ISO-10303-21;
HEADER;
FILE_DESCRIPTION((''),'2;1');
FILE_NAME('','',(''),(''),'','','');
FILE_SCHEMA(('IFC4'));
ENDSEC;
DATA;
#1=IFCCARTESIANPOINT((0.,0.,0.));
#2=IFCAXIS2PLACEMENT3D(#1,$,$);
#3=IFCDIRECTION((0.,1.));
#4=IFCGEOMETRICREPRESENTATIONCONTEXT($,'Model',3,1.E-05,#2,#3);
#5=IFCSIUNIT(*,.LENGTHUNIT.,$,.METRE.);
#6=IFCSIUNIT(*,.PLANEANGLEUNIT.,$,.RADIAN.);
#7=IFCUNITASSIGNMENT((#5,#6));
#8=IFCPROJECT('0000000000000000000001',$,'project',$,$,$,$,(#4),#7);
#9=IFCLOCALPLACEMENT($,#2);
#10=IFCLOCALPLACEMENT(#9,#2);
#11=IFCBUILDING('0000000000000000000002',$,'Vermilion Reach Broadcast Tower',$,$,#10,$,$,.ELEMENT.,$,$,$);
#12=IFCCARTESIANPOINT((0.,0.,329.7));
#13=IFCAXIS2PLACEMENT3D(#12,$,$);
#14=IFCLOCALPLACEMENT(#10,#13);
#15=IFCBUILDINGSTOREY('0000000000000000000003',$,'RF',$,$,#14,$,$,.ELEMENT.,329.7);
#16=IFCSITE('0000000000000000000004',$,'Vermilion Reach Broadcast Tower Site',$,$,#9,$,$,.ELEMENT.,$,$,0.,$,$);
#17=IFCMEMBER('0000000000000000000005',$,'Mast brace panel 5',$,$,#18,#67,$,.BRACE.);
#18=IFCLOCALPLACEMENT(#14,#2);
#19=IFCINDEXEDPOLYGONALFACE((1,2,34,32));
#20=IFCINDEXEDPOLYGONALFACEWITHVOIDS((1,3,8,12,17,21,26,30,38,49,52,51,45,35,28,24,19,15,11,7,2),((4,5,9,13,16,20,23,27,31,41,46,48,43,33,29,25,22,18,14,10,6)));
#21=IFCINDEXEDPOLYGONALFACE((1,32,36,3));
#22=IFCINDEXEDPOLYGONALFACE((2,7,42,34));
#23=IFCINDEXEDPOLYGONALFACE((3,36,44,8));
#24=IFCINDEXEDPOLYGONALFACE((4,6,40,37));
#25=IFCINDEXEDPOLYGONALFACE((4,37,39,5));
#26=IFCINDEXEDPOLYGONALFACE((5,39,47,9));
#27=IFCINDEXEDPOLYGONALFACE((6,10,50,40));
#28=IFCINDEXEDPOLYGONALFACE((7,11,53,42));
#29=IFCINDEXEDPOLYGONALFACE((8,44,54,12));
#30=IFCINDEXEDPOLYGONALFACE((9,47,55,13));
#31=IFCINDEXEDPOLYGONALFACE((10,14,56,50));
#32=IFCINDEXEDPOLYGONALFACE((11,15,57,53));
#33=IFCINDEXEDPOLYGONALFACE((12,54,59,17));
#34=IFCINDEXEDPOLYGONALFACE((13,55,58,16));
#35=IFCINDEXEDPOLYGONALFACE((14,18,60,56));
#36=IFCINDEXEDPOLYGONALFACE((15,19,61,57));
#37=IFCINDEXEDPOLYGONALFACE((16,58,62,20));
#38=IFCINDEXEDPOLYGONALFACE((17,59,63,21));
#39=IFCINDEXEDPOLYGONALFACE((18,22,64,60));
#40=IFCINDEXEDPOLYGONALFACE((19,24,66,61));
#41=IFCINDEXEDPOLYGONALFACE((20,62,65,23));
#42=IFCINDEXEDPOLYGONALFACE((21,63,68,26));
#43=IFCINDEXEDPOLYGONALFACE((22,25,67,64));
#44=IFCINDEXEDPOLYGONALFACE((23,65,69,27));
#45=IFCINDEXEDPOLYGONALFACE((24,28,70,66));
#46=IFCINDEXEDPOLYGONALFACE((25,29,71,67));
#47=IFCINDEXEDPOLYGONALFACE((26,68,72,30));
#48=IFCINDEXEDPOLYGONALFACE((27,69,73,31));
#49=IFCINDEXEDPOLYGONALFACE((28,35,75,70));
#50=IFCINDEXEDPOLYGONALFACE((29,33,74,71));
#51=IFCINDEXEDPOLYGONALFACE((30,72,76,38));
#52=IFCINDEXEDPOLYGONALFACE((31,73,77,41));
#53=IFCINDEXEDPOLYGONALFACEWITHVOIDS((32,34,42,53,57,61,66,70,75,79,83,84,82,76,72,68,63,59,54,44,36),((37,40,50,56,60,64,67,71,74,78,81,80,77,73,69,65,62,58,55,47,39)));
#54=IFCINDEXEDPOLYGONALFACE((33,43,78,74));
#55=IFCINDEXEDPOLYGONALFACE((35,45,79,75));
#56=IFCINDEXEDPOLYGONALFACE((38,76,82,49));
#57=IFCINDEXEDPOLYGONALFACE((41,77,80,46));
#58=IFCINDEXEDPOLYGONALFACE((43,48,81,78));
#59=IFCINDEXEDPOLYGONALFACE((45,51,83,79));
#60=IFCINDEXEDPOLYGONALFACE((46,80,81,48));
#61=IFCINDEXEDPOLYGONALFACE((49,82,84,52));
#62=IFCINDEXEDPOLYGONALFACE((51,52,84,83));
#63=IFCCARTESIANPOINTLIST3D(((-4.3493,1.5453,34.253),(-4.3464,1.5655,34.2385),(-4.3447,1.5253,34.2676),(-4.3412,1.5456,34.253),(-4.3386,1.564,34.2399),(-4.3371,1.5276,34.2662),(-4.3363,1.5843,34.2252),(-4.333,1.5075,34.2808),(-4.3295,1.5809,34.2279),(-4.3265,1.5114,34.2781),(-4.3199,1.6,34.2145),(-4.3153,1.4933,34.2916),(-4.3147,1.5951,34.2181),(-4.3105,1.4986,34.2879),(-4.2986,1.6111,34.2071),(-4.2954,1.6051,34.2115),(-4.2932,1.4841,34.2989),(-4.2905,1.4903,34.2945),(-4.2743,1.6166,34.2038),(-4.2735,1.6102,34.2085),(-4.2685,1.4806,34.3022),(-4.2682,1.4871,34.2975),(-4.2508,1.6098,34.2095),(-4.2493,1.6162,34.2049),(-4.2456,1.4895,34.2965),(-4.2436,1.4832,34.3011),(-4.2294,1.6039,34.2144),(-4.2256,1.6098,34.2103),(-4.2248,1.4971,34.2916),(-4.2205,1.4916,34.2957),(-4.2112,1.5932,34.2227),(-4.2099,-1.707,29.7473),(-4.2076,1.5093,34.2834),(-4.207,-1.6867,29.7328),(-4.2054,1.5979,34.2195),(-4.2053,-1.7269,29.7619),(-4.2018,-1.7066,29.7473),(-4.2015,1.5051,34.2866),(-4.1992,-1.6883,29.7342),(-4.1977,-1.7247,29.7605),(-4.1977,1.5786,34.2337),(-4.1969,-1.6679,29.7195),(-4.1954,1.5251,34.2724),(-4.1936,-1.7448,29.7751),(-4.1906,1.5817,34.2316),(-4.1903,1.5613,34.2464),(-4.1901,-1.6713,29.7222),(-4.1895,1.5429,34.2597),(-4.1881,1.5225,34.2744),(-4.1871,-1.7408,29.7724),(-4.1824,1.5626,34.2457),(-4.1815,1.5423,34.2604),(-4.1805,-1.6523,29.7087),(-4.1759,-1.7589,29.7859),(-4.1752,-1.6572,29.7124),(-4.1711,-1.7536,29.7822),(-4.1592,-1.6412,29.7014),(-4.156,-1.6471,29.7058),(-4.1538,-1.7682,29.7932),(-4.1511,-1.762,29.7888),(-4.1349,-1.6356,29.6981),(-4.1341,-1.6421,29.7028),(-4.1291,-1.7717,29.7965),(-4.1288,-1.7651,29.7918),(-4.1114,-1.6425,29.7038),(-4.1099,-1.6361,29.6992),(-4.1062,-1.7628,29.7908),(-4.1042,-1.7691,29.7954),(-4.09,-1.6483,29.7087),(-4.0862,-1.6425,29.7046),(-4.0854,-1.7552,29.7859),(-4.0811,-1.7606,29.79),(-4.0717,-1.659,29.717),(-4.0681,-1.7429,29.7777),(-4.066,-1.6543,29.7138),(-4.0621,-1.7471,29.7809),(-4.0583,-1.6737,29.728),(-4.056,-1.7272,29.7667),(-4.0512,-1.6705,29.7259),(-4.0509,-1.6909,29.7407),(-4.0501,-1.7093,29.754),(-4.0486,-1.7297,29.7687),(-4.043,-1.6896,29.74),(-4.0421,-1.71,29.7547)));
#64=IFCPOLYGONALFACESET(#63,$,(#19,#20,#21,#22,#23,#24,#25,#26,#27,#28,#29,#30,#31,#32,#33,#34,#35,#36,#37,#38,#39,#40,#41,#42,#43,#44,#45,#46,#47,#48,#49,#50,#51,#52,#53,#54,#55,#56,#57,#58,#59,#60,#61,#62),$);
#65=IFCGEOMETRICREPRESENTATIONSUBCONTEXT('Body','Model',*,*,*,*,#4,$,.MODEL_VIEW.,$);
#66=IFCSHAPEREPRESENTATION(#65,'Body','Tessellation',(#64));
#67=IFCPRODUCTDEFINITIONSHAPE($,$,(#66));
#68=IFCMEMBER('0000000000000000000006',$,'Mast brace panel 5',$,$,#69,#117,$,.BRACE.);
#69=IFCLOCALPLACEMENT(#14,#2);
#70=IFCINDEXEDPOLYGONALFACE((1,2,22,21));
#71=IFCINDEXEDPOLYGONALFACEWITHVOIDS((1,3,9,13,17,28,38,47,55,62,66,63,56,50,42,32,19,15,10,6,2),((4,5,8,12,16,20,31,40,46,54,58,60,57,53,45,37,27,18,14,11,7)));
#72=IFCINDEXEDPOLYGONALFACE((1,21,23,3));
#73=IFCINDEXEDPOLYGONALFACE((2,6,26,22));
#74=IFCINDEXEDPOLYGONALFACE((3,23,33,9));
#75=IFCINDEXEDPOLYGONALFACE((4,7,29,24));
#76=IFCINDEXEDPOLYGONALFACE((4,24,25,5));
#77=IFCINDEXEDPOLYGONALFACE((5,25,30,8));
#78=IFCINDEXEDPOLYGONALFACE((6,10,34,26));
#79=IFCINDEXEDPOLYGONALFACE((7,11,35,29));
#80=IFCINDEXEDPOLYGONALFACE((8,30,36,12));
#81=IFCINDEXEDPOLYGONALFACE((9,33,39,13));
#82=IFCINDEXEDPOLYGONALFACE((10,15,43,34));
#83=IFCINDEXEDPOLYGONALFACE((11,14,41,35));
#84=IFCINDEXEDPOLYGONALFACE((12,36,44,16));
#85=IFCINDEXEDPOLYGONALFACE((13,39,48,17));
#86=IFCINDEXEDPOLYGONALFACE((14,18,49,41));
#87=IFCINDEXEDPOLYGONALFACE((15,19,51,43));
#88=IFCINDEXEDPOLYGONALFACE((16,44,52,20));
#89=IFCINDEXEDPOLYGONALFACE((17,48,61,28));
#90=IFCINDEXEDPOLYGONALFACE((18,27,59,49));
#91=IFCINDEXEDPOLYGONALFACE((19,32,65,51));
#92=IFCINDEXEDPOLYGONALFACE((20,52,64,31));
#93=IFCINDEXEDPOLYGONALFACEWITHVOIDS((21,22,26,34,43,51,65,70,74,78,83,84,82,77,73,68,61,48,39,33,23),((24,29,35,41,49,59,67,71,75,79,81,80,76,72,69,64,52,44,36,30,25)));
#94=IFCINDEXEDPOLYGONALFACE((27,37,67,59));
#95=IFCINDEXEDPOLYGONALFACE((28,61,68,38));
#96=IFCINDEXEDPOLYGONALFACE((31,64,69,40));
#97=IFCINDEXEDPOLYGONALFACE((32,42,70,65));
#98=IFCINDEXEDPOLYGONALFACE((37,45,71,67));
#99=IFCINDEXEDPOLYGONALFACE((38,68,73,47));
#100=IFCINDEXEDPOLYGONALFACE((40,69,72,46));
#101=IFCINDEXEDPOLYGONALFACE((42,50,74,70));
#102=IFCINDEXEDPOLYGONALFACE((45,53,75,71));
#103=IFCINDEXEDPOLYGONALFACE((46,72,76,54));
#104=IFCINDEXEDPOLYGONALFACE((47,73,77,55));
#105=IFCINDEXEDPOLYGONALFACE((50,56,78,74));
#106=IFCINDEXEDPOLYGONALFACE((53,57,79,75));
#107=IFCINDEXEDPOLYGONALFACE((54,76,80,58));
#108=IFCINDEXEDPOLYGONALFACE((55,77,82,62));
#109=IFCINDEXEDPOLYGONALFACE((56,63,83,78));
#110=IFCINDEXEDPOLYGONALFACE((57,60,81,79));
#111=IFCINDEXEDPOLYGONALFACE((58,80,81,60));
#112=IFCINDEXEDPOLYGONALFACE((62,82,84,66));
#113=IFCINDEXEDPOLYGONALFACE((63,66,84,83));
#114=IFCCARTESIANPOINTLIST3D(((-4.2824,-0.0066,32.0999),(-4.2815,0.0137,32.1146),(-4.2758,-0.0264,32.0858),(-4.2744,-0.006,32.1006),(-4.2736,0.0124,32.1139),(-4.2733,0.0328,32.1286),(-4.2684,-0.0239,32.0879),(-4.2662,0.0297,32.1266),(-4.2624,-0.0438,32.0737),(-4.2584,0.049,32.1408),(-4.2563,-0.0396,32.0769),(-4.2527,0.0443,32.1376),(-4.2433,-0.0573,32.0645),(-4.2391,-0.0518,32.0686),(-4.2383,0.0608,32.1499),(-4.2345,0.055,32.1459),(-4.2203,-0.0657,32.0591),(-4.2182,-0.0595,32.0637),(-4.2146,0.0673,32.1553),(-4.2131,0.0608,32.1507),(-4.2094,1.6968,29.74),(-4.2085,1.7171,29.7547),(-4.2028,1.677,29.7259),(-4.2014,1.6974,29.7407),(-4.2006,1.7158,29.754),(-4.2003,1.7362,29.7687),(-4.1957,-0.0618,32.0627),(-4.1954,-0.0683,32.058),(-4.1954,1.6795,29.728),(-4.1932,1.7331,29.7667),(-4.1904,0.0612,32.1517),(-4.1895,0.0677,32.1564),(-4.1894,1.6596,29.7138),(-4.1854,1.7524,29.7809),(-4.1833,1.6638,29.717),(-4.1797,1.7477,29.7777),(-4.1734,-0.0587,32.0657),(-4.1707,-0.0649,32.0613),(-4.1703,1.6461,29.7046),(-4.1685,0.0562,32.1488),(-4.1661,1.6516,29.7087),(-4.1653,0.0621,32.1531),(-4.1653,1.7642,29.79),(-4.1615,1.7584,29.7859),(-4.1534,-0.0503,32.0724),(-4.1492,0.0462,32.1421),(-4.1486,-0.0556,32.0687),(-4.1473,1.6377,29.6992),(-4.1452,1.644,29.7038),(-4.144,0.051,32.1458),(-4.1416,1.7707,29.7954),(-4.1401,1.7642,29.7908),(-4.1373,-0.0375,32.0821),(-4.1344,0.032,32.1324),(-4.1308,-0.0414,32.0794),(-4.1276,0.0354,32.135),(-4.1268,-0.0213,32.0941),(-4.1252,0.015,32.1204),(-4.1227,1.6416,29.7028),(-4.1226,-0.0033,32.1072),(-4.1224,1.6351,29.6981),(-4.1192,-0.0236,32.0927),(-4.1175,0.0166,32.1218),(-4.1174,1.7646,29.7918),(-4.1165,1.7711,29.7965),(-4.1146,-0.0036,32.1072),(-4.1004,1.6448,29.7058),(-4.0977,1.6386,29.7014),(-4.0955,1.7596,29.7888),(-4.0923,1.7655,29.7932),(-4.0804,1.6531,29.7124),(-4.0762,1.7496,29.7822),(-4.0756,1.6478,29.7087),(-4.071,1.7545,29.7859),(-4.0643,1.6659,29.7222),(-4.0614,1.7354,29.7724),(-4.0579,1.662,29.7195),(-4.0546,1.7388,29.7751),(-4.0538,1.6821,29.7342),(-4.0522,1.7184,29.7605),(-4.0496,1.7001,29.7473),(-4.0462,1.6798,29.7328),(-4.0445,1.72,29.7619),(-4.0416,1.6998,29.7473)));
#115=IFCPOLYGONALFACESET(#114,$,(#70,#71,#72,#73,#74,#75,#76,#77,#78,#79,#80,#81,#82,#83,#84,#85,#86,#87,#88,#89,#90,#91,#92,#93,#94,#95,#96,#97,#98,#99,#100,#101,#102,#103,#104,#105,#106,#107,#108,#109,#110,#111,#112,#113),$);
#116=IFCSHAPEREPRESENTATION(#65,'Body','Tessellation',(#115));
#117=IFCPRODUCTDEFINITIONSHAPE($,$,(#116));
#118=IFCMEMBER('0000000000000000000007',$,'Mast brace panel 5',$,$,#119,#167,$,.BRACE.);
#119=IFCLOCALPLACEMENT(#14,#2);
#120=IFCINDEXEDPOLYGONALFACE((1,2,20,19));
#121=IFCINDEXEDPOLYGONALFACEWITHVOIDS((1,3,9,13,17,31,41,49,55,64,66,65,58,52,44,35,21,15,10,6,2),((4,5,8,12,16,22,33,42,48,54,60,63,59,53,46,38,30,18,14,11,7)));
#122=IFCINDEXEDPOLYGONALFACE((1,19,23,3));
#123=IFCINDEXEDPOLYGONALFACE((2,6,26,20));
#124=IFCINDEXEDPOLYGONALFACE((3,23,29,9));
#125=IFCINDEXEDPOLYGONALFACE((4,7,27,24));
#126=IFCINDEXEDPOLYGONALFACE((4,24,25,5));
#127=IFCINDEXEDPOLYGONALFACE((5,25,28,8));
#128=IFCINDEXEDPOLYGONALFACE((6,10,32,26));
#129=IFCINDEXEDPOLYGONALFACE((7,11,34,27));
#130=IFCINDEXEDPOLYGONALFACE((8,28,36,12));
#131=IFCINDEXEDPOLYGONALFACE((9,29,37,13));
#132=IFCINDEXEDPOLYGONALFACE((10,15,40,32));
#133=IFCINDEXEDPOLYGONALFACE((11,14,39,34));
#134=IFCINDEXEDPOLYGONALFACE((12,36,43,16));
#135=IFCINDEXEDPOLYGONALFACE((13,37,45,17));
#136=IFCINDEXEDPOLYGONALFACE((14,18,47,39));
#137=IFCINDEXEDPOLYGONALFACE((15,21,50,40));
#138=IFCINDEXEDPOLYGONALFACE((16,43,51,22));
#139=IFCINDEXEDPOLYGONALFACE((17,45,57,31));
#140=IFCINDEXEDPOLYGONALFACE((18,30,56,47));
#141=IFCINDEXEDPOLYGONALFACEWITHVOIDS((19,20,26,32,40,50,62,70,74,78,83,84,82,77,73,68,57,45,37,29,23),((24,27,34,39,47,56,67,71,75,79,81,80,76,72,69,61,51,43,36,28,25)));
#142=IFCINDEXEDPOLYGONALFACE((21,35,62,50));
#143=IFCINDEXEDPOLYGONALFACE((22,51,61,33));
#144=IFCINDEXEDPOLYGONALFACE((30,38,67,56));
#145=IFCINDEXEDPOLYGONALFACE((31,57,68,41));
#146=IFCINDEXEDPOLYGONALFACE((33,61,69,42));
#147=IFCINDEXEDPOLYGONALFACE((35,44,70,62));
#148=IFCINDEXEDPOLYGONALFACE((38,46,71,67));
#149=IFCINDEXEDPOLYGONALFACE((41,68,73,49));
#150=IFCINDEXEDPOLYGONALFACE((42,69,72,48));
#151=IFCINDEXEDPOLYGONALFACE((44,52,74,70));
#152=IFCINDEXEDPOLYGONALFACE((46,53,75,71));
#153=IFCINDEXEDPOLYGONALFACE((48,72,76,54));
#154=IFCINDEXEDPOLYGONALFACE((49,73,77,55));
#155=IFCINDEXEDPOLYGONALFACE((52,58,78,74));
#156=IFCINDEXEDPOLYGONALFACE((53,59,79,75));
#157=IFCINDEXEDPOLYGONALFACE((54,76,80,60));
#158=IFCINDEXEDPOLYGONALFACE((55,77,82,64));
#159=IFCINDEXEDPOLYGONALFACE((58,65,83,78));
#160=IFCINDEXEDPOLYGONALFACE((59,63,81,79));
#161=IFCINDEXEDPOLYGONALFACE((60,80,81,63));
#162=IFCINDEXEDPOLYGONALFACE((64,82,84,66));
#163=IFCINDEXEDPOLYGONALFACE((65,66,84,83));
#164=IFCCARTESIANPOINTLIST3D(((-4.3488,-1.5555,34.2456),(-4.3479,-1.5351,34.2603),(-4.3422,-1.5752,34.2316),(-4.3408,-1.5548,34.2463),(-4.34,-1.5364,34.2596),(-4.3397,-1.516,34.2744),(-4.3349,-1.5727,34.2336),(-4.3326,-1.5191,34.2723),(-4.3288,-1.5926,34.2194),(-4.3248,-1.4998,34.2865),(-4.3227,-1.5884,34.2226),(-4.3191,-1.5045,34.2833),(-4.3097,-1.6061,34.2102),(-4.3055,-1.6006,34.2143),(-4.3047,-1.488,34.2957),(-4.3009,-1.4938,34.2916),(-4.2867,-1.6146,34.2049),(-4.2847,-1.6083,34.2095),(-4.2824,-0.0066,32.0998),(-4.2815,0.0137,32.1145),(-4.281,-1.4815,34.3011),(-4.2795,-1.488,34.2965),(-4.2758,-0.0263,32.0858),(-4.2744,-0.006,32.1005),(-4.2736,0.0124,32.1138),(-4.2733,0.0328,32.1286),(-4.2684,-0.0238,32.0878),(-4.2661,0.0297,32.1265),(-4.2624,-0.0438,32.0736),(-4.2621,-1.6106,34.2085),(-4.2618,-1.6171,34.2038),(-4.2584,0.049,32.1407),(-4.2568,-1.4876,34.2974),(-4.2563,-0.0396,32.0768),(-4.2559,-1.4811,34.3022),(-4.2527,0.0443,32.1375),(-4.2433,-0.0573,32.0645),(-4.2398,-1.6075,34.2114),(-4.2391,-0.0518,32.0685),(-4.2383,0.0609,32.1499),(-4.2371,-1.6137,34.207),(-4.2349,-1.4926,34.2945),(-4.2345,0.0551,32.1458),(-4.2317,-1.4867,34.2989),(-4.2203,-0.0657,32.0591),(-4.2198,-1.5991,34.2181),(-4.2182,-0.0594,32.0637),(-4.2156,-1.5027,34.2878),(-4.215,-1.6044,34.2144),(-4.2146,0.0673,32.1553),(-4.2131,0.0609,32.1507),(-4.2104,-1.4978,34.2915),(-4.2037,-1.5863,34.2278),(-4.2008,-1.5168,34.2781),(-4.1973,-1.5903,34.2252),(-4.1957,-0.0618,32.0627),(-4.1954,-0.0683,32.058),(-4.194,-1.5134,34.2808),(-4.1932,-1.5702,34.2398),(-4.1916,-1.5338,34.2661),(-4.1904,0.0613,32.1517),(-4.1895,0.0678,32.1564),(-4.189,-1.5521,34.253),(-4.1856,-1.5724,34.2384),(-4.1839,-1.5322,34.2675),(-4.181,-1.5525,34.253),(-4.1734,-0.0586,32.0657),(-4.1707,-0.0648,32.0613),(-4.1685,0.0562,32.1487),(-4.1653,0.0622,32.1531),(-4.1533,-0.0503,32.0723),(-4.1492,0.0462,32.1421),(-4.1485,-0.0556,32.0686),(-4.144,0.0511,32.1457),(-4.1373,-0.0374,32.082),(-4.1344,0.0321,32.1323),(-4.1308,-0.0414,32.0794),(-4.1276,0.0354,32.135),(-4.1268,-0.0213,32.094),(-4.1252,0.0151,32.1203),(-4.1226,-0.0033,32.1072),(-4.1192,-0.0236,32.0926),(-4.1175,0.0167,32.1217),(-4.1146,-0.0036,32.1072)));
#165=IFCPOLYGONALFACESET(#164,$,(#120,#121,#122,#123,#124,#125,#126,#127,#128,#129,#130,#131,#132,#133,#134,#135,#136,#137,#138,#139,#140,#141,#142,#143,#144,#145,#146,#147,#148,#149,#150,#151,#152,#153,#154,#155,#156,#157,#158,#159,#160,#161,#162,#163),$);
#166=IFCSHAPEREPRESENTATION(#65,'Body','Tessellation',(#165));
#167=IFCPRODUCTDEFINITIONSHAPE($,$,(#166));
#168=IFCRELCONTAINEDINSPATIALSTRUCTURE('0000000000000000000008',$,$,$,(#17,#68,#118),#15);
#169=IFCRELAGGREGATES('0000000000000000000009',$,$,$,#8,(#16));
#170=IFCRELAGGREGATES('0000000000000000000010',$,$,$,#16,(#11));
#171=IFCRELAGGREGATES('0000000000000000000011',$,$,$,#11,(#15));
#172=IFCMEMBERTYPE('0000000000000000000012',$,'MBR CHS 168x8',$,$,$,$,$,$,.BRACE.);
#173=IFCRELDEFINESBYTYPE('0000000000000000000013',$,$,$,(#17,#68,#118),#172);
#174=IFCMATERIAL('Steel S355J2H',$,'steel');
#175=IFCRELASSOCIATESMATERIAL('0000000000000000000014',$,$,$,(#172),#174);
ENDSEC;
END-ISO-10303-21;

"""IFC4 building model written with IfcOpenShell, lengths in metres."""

from ifc_helpers import new_model, si_unit, direction, frame, origin, origin_2d, place, context, subcontext, project, spatial, hollow_circle, extrude, material, material_profile, profile_set, type_object, element, save


model = new_model("IFC4")

# Units and contexts
model_context = context("Model", 3, precision=1e-05, world=origin(), true_north=direction((0.0, 1.0)))
body_context = subcontext(model_context, "Body", "Model", "MODEL_VIEW")
ifc_project = project(units=[si_unit("LENGTHUNIT", "METRE"), si_unit("PLANEANGLEUNIT", "RADIAN")], contexts=[model_context])

# Site, building, storey
site_placement = place(None, origin())
site = spatial("IfcSite", under=ifc_project, at=site_placement, Name="Vermilion Reach Broadcast Tower Site", CompositionType="ELEMENT", RefElevation=0.0)
building_placement = place(site_placement, origin())
building = spatial("IfcBuilding", under=site, at=building_placement, Name="Vermilion Reach Broadcast Tower", CompositionType="ELEMENT")
storey_placement = place(building_placement, frame((0.0, 0.0, 329.7)))
storey = spatial("IfcBuildingStorey", under=building, at=storey_placement, Name="RF", CompositionType="ELEMENT", Elevation=329.7)

# Members
ifc_material_1 = material(Name="Steel S355J2H", Category="steel")
ifc_material_profile_1 = material_profile(ifc_material_1, hollow_circle(Radius=0.0842, WallThickness=0.0081, at=origin_2d()), Name="S355J2H CHS 168x8")
ifc_profile_set_1 = profile_set([ifc_material_profile_1], Name="Steel S355J2H")
member_type_1 = type_object("IfcMemberType", Name="MBR CHS 168x8", PredefinedType="BRACE", material=ifc_profile_set_1)
member_1_placement = place(storey_placement, frame((-4.1257, -1.7034, 29.7473), z_axis=(-0.02508, 0.585087, 0.810583), x_axis=(-0.999083, -0.042825, 0.0)))
element("IfcMember", 1, at=member_1_placement, inside=storey, type_object=member_type_1, Name="Mast brace panel 5", PredefinedType="BRACE", context=body_context, shape_type="SweptSolid", body=[
    extrude(hollow_circle(Radius=0.0842, WallThickness=0.0081, at=origin_2d()), origin(), (0.0, 0.0, 1.0), 5.5586),
])
member_2_placement = place(storey_placement, frame((-4.1257, 1.7034, 29.7473), z_axis=(-0.025074, -0.585086, 0.810584), x_axis=(0.999083, -0.042816, 0.0)))
element("IfcMember", 2, at=member_2_placement, inside=storey, type_object=member_type_1, Name="Mast brace panel 5", PredefinedType="BRACE", context=body_context, shape_type="SweptSolid", body=[
    extrude(hollow_circle(Radius=0.0842, WallThickness=0.0081, at=origin_2d()), origin(), (0.0, 0.0, 1.0), 2.9114),
])
member_3_placement = place(storey_placement, frame((-4.1987, 0.0, 32.1072), z_axis=(-0.025086, -0.585087, 0.810582), x_axis=(0.999082, -0.042836, 0.0)))
element("IfcMember", 3, at=member_3_placement, inside=storey, type_object=member_type_1, Name="Mast brace panel 5", PredefinedType="BRACE", context=body_context, shape_type="SweptSolid", body=[
    extrude(hollow_circle(Radius=0.0842, WallThickness=0.0081, at=origin_2d()), origin(), (0.0, 0.0, 1.0), 2.6472),
])

save(model, "model.ifc")
